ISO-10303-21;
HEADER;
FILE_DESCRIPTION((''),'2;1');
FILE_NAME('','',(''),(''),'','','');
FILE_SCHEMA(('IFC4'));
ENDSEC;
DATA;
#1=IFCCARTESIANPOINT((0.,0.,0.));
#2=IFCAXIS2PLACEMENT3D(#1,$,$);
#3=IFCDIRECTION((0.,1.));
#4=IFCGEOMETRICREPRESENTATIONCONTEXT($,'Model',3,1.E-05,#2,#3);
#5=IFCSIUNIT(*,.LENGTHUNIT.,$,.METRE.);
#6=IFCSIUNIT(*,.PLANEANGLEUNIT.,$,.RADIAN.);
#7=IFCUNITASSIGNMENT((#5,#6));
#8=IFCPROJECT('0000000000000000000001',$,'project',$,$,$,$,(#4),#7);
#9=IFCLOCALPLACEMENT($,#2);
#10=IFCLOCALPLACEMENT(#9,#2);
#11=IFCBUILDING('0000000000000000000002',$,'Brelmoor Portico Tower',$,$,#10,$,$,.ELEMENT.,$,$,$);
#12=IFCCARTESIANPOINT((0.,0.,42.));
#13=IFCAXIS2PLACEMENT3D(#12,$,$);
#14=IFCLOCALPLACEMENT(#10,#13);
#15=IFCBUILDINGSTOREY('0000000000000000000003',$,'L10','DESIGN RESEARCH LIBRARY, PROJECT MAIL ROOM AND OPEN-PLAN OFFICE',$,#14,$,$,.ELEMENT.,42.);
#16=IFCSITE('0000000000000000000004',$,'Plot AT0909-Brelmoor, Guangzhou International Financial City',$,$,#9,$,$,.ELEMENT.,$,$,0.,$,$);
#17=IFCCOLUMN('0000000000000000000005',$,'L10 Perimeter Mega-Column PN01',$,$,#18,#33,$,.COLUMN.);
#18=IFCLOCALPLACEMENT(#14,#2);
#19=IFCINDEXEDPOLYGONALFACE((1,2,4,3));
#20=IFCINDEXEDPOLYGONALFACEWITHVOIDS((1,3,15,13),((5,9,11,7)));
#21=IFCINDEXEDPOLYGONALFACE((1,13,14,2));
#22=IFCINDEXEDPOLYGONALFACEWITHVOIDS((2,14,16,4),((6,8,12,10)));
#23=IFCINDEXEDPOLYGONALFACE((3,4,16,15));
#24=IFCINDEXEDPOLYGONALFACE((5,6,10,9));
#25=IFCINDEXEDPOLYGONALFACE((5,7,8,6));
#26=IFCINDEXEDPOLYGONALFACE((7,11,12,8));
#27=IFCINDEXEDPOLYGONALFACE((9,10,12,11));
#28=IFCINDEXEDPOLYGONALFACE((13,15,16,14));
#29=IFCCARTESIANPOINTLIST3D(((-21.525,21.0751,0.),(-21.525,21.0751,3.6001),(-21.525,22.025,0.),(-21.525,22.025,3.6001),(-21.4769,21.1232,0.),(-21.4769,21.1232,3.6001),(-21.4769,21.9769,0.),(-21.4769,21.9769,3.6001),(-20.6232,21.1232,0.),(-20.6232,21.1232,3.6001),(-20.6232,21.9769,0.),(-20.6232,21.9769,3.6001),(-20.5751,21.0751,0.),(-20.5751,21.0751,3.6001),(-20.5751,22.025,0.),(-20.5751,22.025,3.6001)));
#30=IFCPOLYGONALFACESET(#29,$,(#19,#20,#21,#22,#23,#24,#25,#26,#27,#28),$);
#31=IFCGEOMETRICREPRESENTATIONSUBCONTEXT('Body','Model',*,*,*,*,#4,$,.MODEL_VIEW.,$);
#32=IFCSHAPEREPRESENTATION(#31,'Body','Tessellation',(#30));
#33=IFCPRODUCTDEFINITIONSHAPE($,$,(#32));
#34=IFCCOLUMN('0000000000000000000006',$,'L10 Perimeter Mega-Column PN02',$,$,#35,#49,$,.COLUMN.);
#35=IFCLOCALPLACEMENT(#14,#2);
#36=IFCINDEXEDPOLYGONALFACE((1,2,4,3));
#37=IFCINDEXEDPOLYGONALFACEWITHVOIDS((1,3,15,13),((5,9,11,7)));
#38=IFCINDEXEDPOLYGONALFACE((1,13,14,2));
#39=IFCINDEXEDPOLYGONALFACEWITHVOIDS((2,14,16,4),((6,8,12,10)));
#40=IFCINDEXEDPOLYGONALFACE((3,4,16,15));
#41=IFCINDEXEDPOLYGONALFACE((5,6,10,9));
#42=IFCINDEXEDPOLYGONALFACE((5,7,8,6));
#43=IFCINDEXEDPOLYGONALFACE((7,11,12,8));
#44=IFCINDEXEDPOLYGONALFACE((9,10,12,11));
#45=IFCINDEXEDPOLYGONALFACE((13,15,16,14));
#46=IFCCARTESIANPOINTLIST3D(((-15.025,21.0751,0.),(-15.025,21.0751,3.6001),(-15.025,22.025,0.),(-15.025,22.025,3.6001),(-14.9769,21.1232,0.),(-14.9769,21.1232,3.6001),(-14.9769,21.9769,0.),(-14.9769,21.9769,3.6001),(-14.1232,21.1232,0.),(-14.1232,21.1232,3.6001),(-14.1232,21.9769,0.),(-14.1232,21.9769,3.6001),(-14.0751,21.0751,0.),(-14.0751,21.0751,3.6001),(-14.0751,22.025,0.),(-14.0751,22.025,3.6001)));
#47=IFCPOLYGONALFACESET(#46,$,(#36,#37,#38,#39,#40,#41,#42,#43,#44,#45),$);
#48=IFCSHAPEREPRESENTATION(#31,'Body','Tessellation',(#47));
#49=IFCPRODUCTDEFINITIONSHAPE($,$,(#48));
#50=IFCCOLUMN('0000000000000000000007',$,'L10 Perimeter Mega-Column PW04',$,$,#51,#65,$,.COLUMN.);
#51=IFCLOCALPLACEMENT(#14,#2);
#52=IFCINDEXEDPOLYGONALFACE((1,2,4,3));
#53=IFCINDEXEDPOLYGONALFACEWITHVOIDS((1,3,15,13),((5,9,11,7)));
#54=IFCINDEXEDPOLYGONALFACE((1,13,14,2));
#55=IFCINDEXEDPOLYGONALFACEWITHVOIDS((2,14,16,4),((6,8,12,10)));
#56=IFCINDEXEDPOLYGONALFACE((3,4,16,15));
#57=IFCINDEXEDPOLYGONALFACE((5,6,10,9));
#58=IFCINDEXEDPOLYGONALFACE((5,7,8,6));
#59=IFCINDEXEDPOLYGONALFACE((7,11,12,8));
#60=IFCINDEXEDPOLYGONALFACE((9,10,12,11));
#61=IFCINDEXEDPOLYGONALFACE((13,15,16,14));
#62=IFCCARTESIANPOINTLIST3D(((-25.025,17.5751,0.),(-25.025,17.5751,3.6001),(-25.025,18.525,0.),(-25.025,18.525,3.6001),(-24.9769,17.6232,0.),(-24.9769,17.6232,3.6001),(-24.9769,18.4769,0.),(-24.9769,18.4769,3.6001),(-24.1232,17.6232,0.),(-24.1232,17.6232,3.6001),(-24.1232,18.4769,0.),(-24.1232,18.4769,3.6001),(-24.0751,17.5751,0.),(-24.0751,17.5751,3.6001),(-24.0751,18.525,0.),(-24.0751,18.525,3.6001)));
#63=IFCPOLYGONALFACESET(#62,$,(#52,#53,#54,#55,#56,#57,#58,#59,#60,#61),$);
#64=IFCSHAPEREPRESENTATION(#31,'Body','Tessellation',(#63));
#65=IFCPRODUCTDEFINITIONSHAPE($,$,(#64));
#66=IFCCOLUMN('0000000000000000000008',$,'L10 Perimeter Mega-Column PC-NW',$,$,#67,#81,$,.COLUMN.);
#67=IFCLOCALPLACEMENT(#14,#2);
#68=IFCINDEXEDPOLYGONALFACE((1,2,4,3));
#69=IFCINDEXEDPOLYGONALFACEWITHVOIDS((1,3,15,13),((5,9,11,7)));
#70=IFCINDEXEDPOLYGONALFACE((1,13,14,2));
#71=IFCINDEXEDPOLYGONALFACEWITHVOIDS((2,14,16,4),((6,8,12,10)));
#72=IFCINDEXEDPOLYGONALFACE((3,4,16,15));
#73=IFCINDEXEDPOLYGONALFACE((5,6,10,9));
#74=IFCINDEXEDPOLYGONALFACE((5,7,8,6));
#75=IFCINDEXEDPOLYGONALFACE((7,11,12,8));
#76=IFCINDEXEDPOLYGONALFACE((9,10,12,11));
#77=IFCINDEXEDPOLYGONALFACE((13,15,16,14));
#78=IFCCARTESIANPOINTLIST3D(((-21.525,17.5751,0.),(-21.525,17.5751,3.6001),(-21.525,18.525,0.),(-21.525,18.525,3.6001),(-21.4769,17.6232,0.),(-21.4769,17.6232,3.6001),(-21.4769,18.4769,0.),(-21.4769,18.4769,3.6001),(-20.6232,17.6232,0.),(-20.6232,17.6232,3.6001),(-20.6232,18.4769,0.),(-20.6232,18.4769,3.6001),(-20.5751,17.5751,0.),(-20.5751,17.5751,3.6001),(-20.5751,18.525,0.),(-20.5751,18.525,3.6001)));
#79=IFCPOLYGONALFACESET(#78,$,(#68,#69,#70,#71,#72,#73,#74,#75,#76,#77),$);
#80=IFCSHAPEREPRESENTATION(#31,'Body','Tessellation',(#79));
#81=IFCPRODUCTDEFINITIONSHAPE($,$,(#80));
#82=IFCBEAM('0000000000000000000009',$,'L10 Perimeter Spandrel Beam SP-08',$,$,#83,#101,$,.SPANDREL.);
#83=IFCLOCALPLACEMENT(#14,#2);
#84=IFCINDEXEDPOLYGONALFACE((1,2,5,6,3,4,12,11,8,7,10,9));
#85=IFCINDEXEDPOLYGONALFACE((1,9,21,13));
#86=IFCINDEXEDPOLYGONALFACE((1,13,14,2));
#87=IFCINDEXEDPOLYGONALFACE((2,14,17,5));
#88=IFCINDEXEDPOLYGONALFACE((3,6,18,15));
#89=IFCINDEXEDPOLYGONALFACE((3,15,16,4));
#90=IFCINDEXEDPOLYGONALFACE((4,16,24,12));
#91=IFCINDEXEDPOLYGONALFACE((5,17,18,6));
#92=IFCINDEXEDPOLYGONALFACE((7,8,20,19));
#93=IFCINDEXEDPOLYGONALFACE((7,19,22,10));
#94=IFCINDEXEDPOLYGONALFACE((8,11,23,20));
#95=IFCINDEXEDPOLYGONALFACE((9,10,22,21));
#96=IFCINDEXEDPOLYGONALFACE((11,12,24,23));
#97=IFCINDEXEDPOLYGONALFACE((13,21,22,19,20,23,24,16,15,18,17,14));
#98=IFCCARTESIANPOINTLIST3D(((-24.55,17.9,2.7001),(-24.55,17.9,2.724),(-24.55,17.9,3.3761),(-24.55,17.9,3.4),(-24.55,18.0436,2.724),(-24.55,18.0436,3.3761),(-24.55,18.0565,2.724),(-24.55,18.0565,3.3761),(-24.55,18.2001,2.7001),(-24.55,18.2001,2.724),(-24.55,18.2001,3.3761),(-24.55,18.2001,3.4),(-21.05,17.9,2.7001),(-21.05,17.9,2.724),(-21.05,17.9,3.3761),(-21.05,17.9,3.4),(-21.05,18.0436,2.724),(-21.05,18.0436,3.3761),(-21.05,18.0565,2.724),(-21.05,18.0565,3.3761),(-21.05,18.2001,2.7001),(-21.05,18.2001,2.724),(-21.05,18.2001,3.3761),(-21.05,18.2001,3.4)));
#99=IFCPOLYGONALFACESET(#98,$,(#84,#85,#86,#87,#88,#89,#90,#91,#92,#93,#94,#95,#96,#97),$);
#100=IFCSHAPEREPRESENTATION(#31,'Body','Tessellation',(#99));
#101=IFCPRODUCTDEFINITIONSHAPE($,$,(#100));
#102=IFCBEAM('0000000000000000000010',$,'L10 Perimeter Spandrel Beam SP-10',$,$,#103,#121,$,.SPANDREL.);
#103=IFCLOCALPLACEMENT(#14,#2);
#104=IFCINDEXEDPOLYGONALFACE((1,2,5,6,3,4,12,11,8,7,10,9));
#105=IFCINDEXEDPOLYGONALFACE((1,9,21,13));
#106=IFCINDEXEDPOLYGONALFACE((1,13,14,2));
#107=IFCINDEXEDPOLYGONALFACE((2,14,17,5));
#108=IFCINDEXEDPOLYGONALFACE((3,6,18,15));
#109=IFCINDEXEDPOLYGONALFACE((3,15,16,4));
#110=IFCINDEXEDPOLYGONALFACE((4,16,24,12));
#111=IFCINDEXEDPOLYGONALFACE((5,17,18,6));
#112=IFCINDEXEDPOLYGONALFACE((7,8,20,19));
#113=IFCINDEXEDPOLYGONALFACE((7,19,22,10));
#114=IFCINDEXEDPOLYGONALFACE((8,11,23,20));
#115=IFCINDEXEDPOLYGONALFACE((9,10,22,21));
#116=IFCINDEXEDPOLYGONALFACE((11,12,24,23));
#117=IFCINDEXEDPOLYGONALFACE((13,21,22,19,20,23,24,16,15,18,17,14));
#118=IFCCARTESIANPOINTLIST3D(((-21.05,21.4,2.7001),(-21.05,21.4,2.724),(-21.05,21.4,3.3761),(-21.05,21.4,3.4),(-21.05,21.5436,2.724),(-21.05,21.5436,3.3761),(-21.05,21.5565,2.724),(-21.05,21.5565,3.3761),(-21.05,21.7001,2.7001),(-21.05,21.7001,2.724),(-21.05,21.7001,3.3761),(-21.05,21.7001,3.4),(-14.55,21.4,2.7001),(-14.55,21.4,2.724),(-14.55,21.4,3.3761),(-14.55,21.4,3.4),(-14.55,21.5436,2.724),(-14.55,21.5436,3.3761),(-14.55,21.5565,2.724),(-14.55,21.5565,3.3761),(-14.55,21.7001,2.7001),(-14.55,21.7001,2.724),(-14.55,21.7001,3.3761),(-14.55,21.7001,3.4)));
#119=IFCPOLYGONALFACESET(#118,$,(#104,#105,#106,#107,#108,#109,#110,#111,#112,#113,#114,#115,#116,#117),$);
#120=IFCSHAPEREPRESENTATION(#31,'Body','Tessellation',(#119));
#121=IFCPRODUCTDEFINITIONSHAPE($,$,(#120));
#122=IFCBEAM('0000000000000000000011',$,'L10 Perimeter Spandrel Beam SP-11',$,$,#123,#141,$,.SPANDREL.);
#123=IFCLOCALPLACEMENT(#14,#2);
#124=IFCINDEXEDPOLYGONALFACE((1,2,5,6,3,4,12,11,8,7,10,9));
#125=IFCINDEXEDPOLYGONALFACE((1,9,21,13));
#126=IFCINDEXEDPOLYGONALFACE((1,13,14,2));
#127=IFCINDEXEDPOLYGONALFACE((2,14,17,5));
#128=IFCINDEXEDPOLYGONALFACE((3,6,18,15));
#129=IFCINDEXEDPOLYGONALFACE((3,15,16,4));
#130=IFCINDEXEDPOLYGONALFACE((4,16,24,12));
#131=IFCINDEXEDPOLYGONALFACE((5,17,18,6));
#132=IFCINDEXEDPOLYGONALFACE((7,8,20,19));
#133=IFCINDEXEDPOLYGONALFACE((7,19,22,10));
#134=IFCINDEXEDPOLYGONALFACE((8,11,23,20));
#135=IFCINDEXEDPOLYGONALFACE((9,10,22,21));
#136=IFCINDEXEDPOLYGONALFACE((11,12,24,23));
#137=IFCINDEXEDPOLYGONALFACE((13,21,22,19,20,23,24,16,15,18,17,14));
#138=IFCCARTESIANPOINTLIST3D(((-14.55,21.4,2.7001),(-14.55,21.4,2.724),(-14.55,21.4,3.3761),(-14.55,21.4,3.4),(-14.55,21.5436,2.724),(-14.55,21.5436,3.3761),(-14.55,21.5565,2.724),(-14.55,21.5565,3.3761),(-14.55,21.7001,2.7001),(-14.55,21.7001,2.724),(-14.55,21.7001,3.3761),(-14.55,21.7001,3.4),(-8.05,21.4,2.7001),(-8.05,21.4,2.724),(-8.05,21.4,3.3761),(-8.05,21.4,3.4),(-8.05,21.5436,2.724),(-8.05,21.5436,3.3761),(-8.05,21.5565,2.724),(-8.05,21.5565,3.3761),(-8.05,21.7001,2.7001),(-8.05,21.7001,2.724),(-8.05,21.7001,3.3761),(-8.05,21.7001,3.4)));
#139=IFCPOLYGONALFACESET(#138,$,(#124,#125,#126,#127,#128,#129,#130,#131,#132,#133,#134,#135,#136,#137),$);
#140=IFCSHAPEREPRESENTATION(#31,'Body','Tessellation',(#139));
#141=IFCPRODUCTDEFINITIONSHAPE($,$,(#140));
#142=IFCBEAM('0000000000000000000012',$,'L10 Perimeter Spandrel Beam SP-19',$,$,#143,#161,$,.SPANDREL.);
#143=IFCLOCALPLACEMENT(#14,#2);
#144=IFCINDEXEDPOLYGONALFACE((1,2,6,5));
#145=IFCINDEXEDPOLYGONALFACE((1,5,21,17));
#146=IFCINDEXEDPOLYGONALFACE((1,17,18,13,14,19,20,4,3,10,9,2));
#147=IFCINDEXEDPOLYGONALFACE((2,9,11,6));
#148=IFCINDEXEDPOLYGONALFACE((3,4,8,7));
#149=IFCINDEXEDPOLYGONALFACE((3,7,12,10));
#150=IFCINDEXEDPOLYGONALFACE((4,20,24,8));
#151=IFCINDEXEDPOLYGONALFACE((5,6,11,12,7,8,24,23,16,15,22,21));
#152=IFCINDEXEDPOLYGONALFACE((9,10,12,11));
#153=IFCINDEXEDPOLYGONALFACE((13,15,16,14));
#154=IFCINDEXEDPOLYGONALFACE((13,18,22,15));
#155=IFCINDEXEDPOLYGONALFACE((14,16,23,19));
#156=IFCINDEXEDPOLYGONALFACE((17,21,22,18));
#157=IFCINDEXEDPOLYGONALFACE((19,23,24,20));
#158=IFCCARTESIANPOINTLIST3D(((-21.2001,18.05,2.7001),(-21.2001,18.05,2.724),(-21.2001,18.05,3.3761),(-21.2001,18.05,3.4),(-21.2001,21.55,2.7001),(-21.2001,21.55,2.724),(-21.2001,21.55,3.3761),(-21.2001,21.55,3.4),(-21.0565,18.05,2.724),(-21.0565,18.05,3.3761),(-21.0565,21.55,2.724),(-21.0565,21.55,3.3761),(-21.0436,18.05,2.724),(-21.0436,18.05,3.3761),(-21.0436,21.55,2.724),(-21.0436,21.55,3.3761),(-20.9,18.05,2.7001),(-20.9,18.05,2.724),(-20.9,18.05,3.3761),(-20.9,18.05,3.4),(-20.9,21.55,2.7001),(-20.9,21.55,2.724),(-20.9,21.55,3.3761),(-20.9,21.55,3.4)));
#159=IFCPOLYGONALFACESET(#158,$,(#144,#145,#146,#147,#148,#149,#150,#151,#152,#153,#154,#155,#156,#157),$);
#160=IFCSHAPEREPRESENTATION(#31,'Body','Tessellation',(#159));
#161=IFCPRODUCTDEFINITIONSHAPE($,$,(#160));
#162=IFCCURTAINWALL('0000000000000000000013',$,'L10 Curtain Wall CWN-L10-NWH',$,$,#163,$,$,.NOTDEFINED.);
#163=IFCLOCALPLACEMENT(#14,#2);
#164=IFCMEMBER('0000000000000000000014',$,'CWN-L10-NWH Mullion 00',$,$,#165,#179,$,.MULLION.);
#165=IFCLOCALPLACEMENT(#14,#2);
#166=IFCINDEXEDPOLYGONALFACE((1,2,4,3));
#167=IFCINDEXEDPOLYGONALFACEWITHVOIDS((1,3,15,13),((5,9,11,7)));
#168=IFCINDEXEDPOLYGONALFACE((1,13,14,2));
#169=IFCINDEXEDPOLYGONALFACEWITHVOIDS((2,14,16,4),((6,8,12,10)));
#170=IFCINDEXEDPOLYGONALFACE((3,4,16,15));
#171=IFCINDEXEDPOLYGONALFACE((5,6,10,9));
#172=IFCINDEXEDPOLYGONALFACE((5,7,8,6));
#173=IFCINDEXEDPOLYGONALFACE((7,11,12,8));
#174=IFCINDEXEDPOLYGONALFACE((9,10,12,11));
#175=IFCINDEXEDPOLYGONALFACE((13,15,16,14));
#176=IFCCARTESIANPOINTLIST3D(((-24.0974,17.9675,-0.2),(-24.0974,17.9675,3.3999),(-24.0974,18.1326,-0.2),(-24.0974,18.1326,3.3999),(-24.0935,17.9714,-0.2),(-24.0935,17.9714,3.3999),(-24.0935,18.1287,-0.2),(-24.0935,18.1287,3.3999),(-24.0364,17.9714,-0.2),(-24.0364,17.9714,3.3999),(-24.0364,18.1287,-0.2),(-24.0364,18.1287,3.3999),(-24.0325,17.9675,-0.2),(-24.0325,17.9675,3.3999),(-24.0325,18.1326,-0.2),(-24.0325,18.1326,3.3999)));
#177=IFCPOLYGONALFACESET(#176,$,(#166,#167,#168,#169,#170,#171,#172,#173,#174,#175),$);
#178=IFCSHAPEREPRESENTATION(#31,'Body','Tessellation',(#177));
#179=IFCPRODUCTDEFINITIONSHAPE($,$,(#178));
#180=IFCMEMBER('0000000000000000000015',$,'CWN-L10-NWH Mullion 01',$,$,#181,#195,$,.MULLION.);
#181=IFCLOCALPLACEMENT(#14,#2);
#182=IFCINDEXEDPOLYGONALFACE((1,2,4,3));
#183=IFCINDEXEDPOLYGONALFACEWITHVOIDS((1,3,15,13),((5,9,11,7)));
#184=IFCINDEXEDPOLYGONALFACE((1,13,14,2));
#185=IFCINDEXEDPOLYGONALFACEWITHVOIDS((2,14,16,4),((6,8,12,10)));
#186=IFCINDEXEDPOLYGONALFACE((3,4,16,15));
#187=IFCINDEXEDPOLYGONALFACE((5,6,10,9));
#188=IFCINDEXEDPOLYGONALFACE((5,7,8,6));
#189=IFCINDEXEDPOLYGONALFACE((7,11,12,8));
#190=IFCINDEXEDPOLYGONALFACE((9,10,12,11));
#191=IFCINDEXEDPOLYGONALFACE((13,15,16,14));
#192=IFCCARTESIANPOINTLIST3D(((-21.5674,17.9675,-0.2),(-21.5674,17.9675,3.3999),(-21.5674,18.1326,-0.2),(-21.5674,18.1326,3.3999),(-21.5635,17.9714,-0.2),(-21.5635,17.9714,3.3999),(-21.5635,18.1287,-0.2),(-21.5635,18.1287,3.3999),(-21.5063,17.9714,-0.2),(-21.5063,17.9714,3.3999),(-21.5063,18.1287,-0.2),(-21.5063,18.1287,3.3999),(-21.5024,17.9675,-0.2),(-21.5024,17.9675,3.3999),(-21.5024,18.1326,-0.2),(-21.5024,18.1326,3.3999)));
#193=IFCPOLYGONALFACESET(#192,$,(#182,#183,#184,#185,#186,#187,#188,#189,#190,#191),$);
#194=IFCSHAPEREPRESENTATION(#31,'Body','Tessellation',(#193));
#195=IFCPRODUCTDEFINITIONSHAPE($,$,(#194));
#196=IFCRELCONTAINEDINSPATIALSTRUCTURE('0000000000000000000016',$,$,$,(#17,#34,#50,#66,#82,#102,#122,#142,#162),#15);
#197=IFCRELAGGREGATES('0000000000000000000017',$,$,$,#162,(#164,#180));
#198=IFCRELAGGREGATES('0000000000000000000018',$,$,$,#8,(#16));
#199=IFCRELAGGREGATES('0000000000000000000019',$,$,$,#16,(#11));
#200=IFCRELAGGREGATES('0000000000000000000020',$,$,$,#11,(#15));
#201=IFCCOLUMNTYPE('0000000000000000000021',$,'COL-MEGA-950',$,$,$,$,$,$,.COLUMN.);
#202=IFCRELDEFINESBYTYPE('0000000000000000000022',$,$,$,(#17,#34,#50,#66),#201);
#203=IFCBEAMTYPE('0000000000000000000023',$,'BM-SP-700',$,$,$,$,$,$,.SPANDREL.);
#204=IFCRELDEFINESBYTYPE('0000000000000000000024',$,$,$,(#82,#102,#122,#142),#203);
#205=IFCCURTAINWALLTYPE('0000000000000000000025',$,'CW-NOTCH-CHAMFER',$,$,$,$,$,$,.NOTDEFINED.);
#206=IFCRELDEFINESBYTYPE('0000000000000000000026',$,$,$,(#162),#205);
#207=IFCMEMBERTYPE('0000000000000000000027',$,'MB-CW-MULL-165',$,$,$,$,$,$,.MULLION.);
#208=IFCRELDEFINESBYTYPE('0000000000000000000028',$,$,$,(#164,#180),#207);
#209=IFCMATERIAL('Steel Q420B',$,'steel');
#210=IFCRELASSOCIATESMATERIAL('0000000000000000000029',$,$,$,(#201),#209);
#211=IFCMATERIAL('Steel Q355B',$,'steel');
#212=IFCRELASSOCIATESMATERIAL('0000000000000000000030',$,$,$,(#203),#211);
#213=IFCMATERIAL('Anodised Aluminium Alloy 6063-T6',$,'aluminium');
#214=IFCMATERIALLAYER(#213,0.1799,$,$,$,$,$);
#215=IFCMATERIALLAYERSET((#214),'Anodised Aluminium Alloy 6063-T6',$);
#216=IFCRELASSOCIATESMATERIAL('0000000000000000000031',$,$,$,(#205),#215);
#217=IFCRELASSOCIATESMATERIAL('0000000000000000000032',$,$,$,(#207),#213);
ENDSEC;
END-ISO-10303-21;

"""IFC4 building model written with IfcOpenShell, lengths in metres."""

from ifc_helpers import new_model, si_unit, direction, frame, origin, origin_2d, place, context, subcontext, project, spatial, hollow_rectangle, i_section, extrude, material, layer, layer_set, material_profile, profile_set, type_object, element, aggregate, save


model = new_model("IFC4")

# Units and contexts
model_context = context("Model", 3, precision=1e-05, world=origin(), true_north=direction((0.0, 1.0)))
body_context = subcontext(model_context, "Body", "Model", "MODEL_VIEW")
ifc_project = project(units=[si_unit("LENGTHUNIT", "METRE"), si_unit("PLANEANGLEUNIT", "RADIAN")], contexts=[model_context])

# Site, building, storey
site_placement = place(None, origin())
site = spatial("IfcSite", under=ifc_project, at=site_placement, Name="Plot AT0909-Brelmoor, Guangzhou International Financial City", CompositionType="ELEMENT", RefElevation=0.0)
building_placement = place(site_placement, origin())
building = spatial("IfcBuilding", under=site, at=building_placement, Name="Brelmoor Portico Tower", CompositionType="ELEMENT")
storey_placement = place(building_placement, frame((0.0, 0.0, 42.0)))
storey = spatial("IfcBuildingStorey", under=building, at=storey_placement, Name="L10", Description="DESIGN RESEARCH LIBRARY, PROJECT MAIL ROOM AND OPEN-PLAN OFFICE", CompositionType="ELEMENT", Elevation=42.0)

# Columns
ifc_material_1 = material(Name="Steel Q420B", Category="steel")
ifc_material_profile_1 = material_profile(ifc_material_1, hollow_rectangle(XDim=0.95, YDim=0.95, WallThickness=0.0481, at=origin_2d()), Name="BOX 950x950x48")
ifc_profile_set_1 = profile_set([ifc_material_profile_1], Name="Steel Q420B")
column_type = type_object("IfcColumnType", Name="COL-MEGA-950", PredefinedType="COLUMN", material=ifc_profile_set_1)
for number, where, z_axis, x_axis, name in (
    (1, (-21.05, 21.55, 0.0), (0.0, 0.0, 1.0), (1.0, 0.0, 0.0), "L10 Perimeter Mega-Column PN01"),
    (2, (-14.55, 21.55, 0.0), (0.0, 0.0, 1.0), (1.0, 0.0, 0.0), "L10 Perimeter Mega-Column PN02"),
    (3, (-24.55, 18.05, 0.0), (0.0, 0.0, 1.0), (0.0, 1.0, 0.0), "L10 Perimeter Mega-Column PW04"),
    (4, (-21.05, 18.05, 0.0), (0.0, 0.0, 1.0), (1.0, 0.0, 0.0), "L10 Perimeter Mega-Column PC-NW"),
):
    element("IfcColumn", number, at=place(storey_placement, frame(where, z_axis=z_axis, x_axis=x_axis)), inside=storey, type_object=column_type, Name=name, PredefinedType="COLUMN", context=body_context, shape_type="SweptSolid", body=[
        extrude(hollow_rectangle(XDim=0.95, YDim=0.95, WallThickness=0.0481, at=origin_2d()), origin(), (0.0, 0.0, 1.0), 3.6001),
    ])

# Beams
ifc_material_2 = material(Name="Steel Q355B", Category="steel")
ifc_material_profile_2 = material_profile(ifc_material_2, i_section(OverallWidth=0.3, OverallDepth=0.7, WebThickness=0.0129, FlangeThickness=0.0239, at=origin_2d()), Name="HN 700x300x13x24")
ifc_profile_set_2 = profile_set([ifc_material_profile_2], Name="Steel Q355B")
beam_type = type_object("IfcBeamType", Name="BM-SP-700", PredefinedType="SPANDREL", material=ifc_profile_set_2)
beam_1_placement = place(storey_placement, frame((-24.55, 18.05, 3.05), z_axis=(1.0, 0.0, 0.0), x_axis=(0.0, 1.0, 0.0)))
element("IfcBeam", 5, at=beam_1_placement, inside=storey, type_object=beam_type, Name="L10 Perimeter Spandrel Beam SP-08", PredefinedType="SPANDREL", context=body_context, shape_type="SweptSolid", body=[
    extrude(i_section(OverallWidth=0.3, OverallDepth=0.7, WebThickness=0.0129, FlangeThickness=0.0239, at=origin_2d()), origin(), (0.0, 0.0, 1.0), 3.5),
])
for number, where, z_axis, x_axis, name in (
    (6, (-21.05, 21.55, 3.05), (1.0, 0.0, 0.0), (0.0, 1.0, 0.0), "L10 Perimeter Spandrel Beam SP-10"),
    (7, (-14.55, 21.55, 3.05), (1.0, 0.0, 0.0), (0.0, 1.0, 0.0), "L10 Perimeter Spandrel Beam SP-11"),
):
    element("IfcBeam", number, at=place(storey_placement, frame(where, z_axis=z_axis, x_axis=x_axis)), inside=storey, type_object=beam_type, Name=name, PredefinedType="SPANDREL", context=body_context, shape_type="SweptSolid", body=[
        extrude(i_section(OverallWidth=0.3, OverallDepth=0.7, WebThickness=0.0129, FlangeThickness=0.0239, at=origin_2d()), origin(), (0.0, 0.0, 1.0), 6.5),
    ])
beam_2_placement = place(storey_placement, frame((-21.05, 18.05, 3.05), z_axis=(0.0, 1.0, 0.0), x_axis=(-1.0, 0.0, 0.0)))
element("IfcBeam", 8, at=beam_2_placement, inside=storey, type_object=beam_type, Name="L10 Perimeter Spandrel Beam SP-19", PredefinedType="SPANDREL", context=body_context, shape_type="SweptSolid", body=[
    extrude(i_section(OverallWidth=0.3, OverallDepth=0.7, WebThickness=0.0129, FlangeThickness=0.0239, at=origin_2d()), origin(), (0.0, 0.0, 1.0), 3.5),
])

# Curtain wall, members
ifc_material_3 = material(Name="Anodised Aluminium Alloy 6063-T6", Category="aluminium")
ifc_layer_1 = layer(ifc_material_3, 0.1799)
ifc_layer_set_1 = layer_set([ifc_layer_1], Name="Anodised Aluminium Alloy 6063-T6")
curtain_wall_type_1 = type_object("IfcCurtainWallType", Name="CW-NOTCH-CHAMFER", PredefinedType="NOTDEFINED", material=ifc_layer_set_1)
curtain_wall_1_placement = place(storey_placement, origin())
curtain_wall_1 = element("IfcCurtainWall", 9, at=curtain_wall_1_placement, inside=storey, type_object=curtain_wall_type_1, Name="L10 Curtain Wall CWN-L10-NWH", PredefinedType="NOTDEFINED")
ifc_material_profile_3 = material_profile(ifc_material_3, hollow_rectangle(XDim=0.0649, YDim=0.165, WallThickness=0.0039, at=origin_2d()), Name="ALU MULLION 65x165")
ifc_profile_set_3 = profile_set([ifc_material_profile_3], Name="Anodised Aluminium Alloy 6063-T6")
member_type_1 = type_object("IfcMemberType", Name="MB-CW-MULL-165", PredefinedType="MULLION", material=ifc_profile_set_3)
member_1_placement = place(storey_placement, frame((-24.0649, 18.05, -0.2), z_axis=(0.0, 0.0, 1.0), x_axis=(1.0, 0.0, 0.0)))
member_1 = element("IfcMember", 10, at=member_1_placement, type_object=member_type_1, Name="CWN-L10-NWH Mullion 00", PredefinedType="MULLION", context=body_context, shape_type="SweptSolid", body=[
    extrude(hollow_rectangle(XDim=0.0649, YDim=0.165, WallThickness=0.0039, at=origin_2d()), origin(), (0.0, 0.0, 1.0), 3.5999),
])
member_2_placement = place(storey_placement, frame((-21.5349, 18.05, -0.2), z_axis=(0.0, 0.0, 1.0), x_axis=(1.0, 0.0, 0.0)))
member_2 = element("IfcMember", 11, at=member_2_placement, type_object=member_type_1, Name="CWN-L10-NWH Mullion 01", PredefinedType="MULLION", context=body_context, shape_type="SweptSolid", body=[
    extrude(hollow_rectangle(XDim=0.0649, YDim=0.165, WallThickness=0.0039, at=origin_2d()), origin(), (0.0, 0.0, 1.0), 3.5999),
])

aggregate(curtain_wall_1, [member_1, member_2])

save(model, "model.ifc")
